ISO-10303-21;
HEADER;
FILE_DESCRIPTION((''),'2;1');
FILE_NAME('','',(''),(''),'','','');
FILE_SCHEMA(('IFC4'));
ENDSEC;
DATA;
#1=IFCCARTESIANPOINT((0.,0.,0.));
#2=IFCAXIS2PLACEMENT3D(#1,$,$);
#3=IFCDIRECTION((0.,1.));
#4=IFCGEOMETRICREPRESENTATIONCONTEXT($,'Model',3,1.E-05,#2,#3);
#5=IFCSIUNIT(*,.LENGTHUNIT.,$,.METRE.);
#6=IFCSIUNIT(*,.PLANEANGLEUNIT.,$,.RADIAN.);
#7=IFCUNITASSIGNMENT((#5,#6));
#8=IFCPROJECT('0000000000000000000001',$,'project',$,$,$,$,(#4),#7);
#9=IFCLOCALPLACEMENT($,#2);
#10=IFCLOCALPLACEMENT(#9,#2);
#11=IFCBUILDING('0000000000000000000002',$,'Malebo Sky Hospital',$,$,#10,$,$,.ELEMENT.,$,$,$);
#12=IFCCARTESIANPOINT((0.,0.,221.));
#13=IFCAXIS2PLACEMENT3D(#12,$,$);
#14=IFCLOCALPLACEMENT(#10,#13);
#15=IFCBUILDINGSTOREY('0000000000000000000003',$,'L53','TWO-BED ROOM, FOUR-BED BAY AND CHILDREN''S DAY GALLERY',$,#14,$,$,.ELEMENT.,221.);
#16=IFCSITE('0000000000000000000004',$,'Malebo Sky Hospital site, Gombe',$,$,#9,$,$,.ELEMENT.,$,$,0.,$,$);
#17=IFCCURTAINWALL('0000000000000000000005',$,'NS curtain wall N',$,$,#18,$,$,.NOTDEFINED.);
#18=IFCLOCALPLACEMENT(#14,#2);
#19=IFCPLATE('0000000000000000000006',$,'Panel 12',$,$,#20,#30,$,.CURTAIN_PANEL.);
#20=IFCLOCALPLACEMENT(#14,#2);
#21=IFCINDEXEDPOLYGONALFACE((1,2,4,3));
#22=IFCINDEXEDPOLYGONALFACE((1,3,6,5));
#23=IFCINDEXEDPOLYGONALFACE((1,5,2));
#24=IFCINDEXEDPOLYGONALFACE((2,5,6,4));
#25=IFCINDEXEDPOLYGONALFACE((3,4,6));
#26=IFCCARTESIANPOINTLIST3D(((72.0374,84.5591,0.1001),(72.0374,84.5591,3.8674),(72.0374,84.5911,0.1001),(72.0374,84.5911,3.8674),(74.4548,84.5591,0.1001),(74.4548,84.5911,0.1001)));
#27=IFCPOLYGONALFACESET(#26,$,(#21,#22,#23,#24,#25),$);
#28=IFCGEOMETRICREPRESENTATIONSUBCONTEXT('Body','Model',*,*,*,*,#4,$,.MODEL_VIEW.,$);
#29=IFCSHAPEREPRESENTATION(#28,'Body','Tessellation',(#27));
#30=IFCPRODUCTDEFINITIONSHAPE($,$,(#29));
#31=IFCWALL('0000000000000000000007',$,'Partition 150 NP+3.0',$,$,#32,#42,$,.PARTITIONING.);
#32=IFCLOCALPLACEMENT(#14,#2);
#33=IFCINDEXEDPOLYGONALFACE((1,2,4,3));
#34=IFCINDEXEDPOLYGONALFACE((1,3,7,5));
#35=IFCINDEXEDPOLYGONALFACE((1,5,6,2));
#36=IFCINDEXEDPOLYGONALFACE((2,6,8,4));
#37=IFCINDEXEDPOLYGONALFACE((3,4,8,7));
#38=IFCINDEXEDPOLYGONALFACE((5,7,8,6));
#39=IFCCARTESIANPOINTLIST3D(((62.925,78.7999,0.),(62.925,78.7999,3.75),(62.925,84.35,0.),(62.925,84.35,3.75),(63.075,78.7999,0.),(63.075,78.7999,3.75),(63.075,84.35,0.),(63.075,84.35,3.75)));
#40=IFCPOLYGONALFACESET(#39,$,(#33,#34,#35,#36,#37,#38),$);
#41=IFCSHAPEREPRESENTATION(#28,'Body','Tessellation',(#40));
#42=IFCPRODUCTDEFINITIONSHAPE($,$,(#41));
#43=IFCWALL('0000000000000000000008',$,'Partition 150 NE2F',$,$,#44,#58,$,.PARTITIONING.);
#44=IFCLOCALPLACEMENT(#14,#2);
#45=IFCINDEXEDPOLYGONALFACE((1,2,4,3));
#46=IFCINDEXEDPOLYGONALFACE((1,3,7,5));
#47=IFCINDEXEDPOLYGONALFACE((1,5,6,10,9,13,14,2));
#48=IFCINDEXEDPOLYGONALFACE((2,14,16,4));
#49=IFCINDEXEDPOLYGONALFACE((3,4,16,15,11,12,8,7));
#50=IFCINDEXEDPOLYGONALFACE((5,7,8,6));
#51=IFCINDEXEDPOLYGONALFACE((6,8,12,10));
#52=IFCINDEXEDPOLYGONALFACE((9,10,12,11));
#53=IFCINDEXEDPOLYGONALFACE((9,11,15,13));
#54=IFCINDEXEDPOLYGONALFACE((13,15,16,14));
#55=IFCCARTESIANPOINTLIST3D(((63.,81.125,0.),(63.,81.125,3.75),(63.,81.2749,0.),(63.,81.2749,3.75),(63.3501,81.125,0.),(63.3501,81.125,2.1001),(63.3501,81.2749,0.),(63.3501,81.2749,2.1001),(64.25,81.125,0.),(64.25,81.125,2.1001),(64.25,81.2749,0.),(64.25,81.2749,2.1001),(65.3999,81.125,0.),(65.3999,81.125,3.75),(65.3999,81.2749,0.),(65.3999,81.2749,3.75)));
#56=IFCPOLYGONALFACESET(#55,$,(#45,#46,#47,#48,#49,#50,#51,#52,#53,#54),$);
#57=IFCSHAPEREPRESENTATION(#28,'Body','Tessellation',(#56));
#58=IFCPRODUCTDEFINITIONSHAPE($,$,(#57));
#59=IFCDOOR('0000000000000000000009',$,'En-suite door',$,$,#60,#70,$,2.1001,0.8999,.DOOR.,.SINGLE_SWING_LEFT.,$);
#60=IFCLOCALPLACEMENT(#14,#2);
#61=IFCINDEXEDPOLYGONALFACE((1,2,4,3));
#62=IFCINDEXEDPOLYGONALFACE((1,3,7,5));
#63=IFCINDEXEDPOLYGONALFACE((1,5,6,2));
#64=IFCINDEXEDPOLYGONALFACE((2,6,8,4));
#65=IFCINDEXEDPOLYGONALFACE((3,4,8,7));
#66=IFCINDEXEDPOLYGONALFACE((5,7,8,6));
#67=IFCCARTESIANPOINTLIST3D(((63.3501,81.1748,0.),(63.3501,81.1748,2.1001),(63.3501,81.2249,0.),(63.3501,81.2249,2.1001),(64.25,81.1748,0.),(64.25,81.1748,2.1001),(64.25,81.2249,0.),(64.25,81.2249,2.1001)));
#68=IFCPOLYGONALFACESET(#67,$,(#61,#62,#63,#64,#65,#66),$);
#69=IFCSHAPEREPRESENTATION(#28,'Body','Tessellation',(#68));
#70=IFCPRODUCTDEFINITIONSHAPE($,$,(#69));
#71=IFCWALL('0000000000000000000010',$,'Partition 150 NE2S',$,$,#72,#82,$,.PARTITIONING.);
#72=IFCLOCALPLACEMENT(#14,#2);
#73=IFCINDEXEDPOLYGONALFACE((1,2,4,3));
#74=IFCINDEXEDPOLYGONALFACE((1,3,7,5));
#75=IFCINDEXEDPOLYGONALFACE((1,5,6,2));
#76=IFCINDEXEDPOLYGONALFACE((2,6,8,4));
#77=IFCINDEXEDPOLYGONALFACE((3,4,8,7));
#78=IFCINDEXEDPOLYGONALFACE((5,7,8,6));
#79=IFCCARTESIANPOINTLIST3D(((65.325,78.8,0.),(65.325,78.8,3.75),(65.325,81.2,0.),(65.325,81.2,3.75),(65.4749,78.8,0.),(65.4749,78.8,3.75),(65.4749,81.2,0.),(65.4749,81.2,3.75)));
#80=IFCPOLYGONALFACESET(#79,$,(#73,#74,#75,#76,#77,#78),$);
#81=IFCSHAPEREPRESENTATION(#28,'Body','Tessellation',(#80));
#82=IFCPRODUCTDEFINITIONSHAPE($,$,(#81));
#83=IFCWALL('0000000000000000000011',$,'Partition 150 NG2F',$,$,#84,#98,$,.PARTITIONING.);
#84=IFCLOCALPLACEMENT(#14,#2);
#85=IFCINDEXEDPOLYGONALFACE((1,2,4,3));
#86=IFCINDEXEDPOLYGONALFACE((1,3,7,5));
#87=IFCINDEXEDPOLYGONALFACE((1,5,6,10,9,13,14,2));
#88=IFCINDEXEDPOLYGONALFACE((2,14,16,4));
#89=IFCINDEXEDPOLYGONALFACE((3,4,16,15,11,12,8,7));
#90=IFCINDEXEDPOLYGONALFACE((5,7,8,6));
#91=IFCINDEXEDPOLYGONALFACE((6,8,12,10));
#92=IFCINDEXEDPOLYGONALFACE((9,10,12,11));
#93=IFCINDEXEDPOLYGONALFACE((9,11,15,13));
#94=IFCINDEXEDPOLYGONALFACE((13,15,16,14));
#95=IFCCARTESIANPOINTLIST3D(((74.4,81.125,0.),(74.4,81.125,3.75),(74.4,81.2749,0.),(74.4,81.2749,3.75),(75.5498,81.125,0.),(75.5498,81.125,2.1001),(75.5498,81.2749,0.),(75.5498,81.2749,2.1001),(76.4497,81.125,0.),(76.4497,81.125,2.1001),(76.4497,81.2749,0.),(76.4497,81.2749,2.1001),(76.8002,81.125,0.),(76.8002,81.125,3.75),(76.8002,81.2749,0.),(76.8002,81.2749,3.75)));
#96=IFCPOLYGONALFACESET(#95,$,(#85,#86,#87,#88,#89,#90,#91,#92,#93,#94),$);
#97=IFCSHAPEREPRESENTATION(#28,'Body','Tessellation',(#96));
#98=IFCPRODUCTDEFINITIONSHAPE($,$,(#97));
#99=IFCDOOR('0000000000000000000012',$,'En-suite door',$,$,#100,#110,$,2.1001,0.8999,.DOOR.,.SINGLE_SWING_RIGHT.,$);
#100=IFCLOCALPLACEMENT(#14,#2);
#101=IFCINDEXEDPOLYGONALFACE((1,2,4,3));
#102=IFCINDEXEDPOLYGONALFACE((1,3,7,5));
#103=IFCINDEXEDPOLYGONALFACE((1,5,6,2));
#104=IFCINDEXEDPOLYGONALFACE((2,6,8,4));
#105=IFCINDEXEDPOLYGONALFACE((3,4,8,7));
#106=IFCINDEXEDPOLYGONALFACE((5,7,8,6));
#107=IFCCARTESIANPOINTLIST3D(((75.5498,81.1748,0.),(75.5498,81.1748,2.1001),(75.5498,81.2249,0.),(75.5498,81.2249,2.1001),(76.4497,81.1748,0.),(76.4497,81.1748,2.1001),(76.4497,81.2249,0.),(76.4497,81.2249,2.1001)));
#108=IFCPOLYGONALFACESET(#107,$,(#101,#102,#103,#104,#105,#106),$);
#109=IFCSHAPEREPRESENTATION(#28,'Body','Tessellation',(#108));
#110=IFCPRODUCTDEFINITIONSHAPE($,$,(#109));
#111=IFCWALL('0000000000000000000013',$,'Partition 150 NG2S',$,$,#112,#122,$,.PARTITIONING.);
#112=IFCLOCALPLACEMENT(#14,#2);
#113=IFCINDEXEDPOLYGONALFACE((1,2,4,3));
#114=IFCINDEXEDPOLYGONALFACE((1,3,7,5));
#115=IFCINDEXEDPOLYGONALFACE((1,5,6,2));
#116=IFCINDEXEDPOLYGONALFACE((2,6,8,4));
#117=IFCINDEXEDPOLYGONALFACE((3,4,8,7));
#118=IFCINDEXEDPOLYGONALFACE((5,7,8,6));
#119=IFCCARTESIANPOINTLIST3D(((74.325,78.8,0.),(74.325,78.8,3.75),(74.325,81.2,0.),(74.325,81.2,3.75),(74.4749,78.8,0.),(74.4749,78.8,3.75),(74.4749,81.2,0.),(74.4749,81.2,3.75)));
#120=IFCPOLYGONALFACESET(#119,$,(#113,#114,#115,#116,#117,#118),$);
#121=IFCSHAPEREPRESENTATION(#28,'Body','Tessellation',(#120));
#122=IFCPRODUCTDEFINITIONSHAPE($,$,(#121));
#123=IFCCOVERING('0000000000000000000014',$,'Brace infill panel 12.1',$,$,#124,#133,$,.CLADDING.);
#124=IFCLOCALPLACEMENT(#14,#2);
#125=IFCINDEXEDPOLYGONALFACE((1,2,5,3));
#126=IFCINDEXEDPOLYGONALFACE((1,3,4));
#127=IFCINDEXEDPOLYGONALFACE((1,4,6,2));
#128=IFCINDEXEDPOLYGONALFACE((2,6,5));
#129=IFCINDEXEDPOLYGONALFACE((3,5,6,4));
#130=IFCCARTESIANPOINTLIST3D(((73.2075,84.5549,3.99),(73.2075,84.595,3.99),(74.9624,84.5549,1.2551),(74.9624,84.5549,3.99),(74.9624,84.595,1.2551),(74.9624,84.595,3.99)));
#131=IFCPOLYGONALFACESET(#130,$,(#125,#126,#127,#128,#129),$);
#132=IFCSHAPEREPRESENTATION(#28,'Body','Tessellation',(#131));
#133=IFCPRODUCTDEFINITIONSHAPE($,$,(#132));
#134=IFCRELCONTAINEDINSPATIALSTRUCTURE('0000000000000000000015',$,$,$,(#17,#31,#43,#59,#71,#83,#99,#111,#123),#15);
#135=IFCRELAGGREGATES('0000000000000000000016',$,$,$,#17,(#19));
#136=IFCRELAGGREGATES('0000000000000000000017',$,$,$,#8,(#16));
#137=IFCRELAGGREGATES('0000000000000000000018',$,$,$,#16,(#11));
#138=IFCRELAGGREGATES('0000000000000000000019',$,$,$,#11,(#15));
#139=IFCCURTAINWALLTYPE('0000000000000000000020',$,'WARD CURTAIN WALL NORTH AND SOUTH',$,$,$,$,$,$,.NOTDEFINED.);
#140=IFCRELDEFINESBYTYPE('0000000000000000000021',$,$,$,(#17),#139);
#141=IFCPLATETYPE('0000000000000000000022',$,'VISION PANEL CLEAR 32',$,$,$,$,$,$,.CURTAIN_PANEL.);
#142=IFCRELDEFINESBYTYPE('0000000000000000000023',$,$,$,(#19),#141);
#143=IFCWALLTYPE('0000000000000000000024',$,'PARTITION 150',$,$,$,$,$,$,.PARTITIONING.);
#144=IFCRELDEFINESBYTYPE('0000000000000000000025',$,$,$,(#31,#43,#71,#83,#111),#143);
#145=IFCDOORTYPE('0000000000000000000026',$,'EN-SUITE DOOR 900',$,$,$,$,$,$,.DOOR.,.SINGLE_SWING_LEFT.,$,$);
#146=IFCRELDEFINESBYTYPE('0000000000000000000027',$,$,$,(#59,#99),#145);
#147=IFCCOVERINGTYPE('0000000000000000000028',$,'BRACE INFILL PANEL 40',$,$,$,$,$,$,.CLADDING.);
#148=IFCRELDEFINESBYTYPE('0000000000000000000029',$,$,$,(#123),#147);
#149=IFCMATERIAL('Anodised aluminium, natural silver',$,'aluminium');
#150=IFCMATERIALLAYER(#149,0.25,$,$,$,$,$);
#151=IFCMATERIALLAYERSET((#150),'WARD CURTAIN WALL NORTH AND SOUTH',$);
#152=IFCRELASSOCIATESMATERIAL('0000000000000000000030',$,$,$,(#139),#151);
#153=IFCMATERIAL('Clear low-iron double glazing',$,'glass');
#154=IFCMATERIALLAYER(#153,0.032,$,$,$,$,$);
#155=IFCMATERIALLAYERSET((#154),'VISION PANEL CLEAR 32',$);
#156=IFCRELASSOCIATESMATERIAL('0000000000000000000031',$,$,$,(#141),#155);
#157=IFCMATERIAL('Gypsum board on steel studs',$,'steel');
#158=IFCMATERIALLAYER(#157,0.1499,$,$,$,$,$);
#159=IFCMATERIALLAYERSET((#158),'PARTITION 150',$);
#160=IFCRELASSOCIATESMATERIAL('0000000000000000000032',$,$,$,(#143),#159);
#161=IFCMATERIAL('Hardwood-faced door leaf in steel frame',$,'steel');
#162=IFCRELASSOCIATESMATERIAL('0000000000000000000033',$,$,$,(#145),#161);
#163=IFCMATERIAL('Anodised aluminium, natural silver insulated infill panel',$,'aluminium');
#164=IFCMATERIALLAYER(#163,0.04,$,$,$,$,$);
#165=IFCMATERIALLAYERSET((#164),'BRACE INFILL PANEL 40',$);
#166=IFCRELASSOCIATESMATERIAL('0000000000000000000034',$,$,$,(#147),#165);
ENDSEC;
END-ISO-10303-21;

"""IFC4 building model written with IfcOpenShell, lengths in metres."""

from ifc_helpers import new_model, si_unit, direction, frame, frame_2d, origin, place, context, subcontext, project, spatial, polyline, rectangle, outline, extrude, material, layer, layer_set, type_object, element, fill, aggregate, save


model = new_model("IFC4")

# Units and contexts
model_context = context("Model", 3, precision=1e-05, world=origin(), true_north=direction((0.0, 1.0)))
body_context = subcontext(model_context, "Body", "Model", "MODEL_VIEW")
ifc_project = project(units=[si_unit("LENGTHUNIT", "METRE"), si_unit("PLANEANGLEUNIT", "RADIAN")], contexts=[model_context])

# Site, building, storey
site_placement = place(None, origin())
site = spatial("IfcSite", under=ifc_project, at=site_placement, Name="Malebo Sky Hospital site, Gombe", CompositionType="ELEMENT", RefElevation=0.0)
building_placement = place(site_placement, origin())
building = spatial("IfcBuilding", under=site, at=building_placement, Name="Malebo Sky Hospital", CompositionType="ELEMENT")
storey_placement = place(building_placement, frame((0.0, 0.0, 221.0)))
storey = spatial("IfcBuildingStorey", under=building, at=storey_placement, Name="L53", Description="TWO-BED ROOM, FOUR-BED BAY AND CHILDREN'S DAY GALLERY", CompositionType="ELEMENT", Elevation=221.0)

# Curtain wall
ifc_material_1 = material(Name="Anodised aluminium, natural silver", Category="aluminium")
ifc_layer_1 = layer(ifc_material_1, 0.25)
ifc_layer_set_1 = layer_set([ifc_layer_1], Name="WARD CURTAIN WALL NORTH AND SOUTH")
curtain_wall_type = type_object("IfcCurtainWallType", Name="WARD CURTAIN WALL NORTH AND SOUTH", PredefinedType="NOTDEFINED", material=ifc_layer_set_1)
curtain_wall_placement = place(storey_placement, origin())
curtain_wall = element("IfcCurtainWall", 1, at=curtain_wall_placement, inside=storey, type_object=curtain_wall_type, Name="NS curtain wall N", PredefinedType="NOTDEFINED")

# Plate
ifc_material_2 = material(Name="Clear low-iron double glazing", Category="glass")
ifc_layer_2 = layer(ifc_material_2, 0.032)
ifc_layer_set_2 = layer_set([ifc_layer_2], Name="VISION PANEL CLEAR 32")
plate_type = type_object("IfcPlateType", Name="VISION PANEL CLEAR 32", PredefinedType="CURTAIN_PANEL", material=ifc_layer_set_2)
plate_1_placement = place(storey_placement, frame((73.2461, 84.575, 0.1001), z_axis=(0.0, 0.0, 1.0), x_axis=(1.0, 0.0, 0.0)))
plate_1 = element("IfcPlate", 2, at=plate_1_placement, type_object=plate_type, Name="Panel 12", PredefinedType="CURTAIN_PANEL", context=body_context, shape_type="SweptSolid", body=[
    extrude(outline(polyline([(-1.2087, 0.0), (1.2087, 0.0), (-1.2087, 3.7673), (-1.2087, 0.0)])), frame((0.0, 0.0161, 0.0), z_axis=(0.0, -1.0, 0.0), x_axis=(1.0, 0.0, 0.0)), (0.0, 0.0, 1.0), 0.032),
])
aggregate(curtain_wall, [plate_1])

# Wall
ifc_material_3 = material(Name="Gypsum board on steel studs", Category="steel")
ifc_layer_3 = layer(ifc_material_3, 0.1499)
ifc_layer_set_3 = layer_set([ifc_layer_3], Name="PARTITION 150")
wall_type = type_object("IfcWallType", Name="PARTITION 150", PredefinedType="PARTITIONING", material=ifc_layer_set_3)
wall_1_placement = place(storey_placement, frame((63.0, 78.8, 0.0), z_axis=(0.0, 0.0, 1.0), x_axis=(0.0, 1.0, 0.0)))
element("IfcWall", 3, at=wall_1_placement, inside=storey, type_object=wall_type, Name="Partition 150 NP+3.0", PredefinedType="PARTITIONING", context=body_context, shape_type="SweptSolid", body=[
    extrude(rectangle(XDim=5.55, YDim=0.1499, at=frame_2d((2.7749, 0.0))), origin(), (0.0, 0.0, 1.0), 3.75),
])

# Wall, opening, door
wall_2_placement = place(storey_placement, frame((63.0, 81.2, 0.0), z_axis=(0.0, 0.0, 1.0), x_axis=(1.0, 0.0, 0.0)))
wall_2 = element("IfcWall", 4, at=wall_2_placement, inside=storey, type_object=wall_type, Name="Partition 150 NE2F", PredefinedType="PARTITIONING", context=body_context, shape_type="SweptSolid", body=[
    extrude(rectangle(XDim=2.3999, YDim=0.1499, at=frame_2d((1.2, 0.0))), origin(), (0.0, 0.0, 1.0), 3.75),
])
opening_1_placement = place(wall_2_placement, frame((0.3501, 0.0, 0.0)))
opening_1 = element("IfcOpeningElement", 5, at=opening_1_placement, cuts=wall_2, PredefinedType="OPENING", context=body_context, shape_type="SweptSolid", body=[
    extrude(rectangle(XDim=0.8999, YDim=2.1001, at=frame_2d((0.45, 1.05))), frame((0.0, 0.085, 0.0), z_axis=(0.0, -1.0, 0.0), x_axis=(1.0, 0.0, 0.0)), (0.0, 0.0, 1.0), 0.1699),
])
ifc_material_4 = material(Name="Hardwood-faced door leaf in steel frame", Category="steel")
door_type = type_object("IfcDoorType", Name="EN-SUITE DOOR 900", OperationType="SINGLE_SWING_LEFT", PredefinedType="DOOR", material=ifc_material_4)
door_1_placement = place(opening_1_placement, origin())
door_1 = element("IfcDoor", 6, at=door_1_placement, inside=storey, type_object=door_type, Name="En-suite door", OperationType="SINGLE_SWING_LEFT", OverallHeight=2.1001, OverallWidth=0.8999, PredefinedType="DOOR", context=body_context, shape_type="SweptSolid", body=[
    extrude(rectangle(XDim=0.8999, YDim=2.1001, at=frame_2d((0.45, 1.05))), frame((0.0, 0.0249, 0.0), z_axis=(0.0, -1.0, 0.0), x_axis=(1.0, 0.0, 0.0)), (0.0, 0.0, 1.0), 0.05),
])
fill(opening_1, door_1)

# Wall
wall_3_placement = place(storey_placement, frame((65.3999, 78.8, 0.0), z_axis=(0.0, 0.0, 1.0), x_axis=(0.0, 1.0, 0.0)))
element("IfcWall", 7, at=wall_3_placement, inside=storey, type_object=wall_type, Name="Partition 150 NE2S", PredefinedType="PARTITIONING", context=body_context, shape_type="SweptSolid", body=[
    extrude(rectangle(XDim=2.3999, YDim=0.1499, at=frame_2d((1.2, 0.0))), origin(), (0.0, 0.0, 1.0), 3.75),
])

# Wall, opening, door
wall_4_placement = place(storey_placement, frame((74.3999, 81.2, 0.0), z_axis=(0.0, 0.0, 1.0), x_axis=(1.0, 0.0, 0.0)))
wall_4 = element("IfcWall", 8, at=wall_4_placement, inside=storey, type_object=wall_type, Name="Partition 150 NG2F", PredefinedType="PARTITIONING", context=body_context, shape_type="SweptSolid", body=[
    extrude(rectangle(XDim=2.4001, YDim=0.1499, at=frame_2d((1.2002, 0.0))), origin(), (0.0, 0.0, 1.0), 3.75),
])
opening_2_placement = place(wall_4_placement, frame((1.1499, 0.0, 0.0)))
opening_2 = element("IfcOpeningElement", 9, at=opening_2_placement, cuts=wall_4, PredefinedType="OPENING", context=body_context, shape_type="SweptSolid", body=[
    extrude(rectangle(XDim=0.8999, YDim=2.1001, at=frame_2d((0.45, 1.05))), frame((0.0, 0.085, 0.0), z_axis=(0.0, -1.0, 0.0), x_axis=(1.0, 0.0, 0.0)), (0.0, 0.0, 1.0), 0.1699),
])
door_2_placement = place(opening_2_placement, origin())
door_2 = element("IfcDoor", 10, at=door_2_placement, inside=storey, type_object=door_type, Name="En-suite door", OperationType="SINGLE_SWING_RIGHT", OverallHeight=2.1001, OverallWidth=0.8999, PredefinedType="DOOR", context=body_context, shape_type="SweptSolid", body=[
    extrude(rectangle(XDim=0.8999, YDim=2.1001, at=frame_2d((0.45, 1.05))), frame((0.0, 0.0249, 0.0), z_axis=(0.0, -1.0, 0.0), x_axis=(1.0, 0.0, 0.0)), (0.0, 0.0, 1.0), 0.05),
])
fill(opening_2, door_2)

# Wall
wall_5_placement = place(storey_placement, frame((74.3999, 78.8, 0.0), z_axis=(0.0, 0.0, 1.0), x_axis=(0.0, 1.0, 0.0)))
element("IfcWall", 11, at=wall_5_placement, inside=storey, type_object=wall_type, Name="Partition 150 NG2S", PredefinedType="PARTITIONING", context=body_context, shape_type="SweptSolid", body=[
    extrude(rectangle(XDim=2.3999, YDim=0.1499, at=frame_2d((1.2, 0.0))), origin(), (0.0, 0.0, 1.0), 3.75),
])

# Covering
ifc_material_5 = material(Name="Anodised aluminium, natural silver insulated infill panel", Category="aluminium")
ifc_layer_4 = layer(ifc_material_5, 0.04)
ifc_layer_set_4 = layer_set([ifc_layer_4], Name="BRACE INFILL PANEL 40")
covering_type = type_object("IfcCoveringType", Name="BRACE INFILL PANEL 40", PredefinedType="CLADDING", material=ifc_layer_set_4)
covering_placement = place(storey_placement, frame((74.085, 84.575, 1.2551), z_axis=(0.0, 0.0, 1.0), x_axis=(1.0, 0.0, 0.0)))
element("IfcCovering", 12, at=covering_placement, inside=storey, type_object=covering_type, Name="Brace infill panel 12.1", PredefinedType="CLADDING", context=body_context, shape_type="SweptSolid", body=[
    extrude(outline(polyline([(0.8774, 0.0), (0.8774, 2.7349), (-0.8774, 2.7349), (0.8774, 0.0)])), frame((0.0, 0.02, 0.0), z_axis=(0.0, -1.0, 0.0), x_axis=(1.0, 0.0, 0.0)), (0.0, 0.0, 1.0), 0.04),
])

save(model, "model.ifc")
